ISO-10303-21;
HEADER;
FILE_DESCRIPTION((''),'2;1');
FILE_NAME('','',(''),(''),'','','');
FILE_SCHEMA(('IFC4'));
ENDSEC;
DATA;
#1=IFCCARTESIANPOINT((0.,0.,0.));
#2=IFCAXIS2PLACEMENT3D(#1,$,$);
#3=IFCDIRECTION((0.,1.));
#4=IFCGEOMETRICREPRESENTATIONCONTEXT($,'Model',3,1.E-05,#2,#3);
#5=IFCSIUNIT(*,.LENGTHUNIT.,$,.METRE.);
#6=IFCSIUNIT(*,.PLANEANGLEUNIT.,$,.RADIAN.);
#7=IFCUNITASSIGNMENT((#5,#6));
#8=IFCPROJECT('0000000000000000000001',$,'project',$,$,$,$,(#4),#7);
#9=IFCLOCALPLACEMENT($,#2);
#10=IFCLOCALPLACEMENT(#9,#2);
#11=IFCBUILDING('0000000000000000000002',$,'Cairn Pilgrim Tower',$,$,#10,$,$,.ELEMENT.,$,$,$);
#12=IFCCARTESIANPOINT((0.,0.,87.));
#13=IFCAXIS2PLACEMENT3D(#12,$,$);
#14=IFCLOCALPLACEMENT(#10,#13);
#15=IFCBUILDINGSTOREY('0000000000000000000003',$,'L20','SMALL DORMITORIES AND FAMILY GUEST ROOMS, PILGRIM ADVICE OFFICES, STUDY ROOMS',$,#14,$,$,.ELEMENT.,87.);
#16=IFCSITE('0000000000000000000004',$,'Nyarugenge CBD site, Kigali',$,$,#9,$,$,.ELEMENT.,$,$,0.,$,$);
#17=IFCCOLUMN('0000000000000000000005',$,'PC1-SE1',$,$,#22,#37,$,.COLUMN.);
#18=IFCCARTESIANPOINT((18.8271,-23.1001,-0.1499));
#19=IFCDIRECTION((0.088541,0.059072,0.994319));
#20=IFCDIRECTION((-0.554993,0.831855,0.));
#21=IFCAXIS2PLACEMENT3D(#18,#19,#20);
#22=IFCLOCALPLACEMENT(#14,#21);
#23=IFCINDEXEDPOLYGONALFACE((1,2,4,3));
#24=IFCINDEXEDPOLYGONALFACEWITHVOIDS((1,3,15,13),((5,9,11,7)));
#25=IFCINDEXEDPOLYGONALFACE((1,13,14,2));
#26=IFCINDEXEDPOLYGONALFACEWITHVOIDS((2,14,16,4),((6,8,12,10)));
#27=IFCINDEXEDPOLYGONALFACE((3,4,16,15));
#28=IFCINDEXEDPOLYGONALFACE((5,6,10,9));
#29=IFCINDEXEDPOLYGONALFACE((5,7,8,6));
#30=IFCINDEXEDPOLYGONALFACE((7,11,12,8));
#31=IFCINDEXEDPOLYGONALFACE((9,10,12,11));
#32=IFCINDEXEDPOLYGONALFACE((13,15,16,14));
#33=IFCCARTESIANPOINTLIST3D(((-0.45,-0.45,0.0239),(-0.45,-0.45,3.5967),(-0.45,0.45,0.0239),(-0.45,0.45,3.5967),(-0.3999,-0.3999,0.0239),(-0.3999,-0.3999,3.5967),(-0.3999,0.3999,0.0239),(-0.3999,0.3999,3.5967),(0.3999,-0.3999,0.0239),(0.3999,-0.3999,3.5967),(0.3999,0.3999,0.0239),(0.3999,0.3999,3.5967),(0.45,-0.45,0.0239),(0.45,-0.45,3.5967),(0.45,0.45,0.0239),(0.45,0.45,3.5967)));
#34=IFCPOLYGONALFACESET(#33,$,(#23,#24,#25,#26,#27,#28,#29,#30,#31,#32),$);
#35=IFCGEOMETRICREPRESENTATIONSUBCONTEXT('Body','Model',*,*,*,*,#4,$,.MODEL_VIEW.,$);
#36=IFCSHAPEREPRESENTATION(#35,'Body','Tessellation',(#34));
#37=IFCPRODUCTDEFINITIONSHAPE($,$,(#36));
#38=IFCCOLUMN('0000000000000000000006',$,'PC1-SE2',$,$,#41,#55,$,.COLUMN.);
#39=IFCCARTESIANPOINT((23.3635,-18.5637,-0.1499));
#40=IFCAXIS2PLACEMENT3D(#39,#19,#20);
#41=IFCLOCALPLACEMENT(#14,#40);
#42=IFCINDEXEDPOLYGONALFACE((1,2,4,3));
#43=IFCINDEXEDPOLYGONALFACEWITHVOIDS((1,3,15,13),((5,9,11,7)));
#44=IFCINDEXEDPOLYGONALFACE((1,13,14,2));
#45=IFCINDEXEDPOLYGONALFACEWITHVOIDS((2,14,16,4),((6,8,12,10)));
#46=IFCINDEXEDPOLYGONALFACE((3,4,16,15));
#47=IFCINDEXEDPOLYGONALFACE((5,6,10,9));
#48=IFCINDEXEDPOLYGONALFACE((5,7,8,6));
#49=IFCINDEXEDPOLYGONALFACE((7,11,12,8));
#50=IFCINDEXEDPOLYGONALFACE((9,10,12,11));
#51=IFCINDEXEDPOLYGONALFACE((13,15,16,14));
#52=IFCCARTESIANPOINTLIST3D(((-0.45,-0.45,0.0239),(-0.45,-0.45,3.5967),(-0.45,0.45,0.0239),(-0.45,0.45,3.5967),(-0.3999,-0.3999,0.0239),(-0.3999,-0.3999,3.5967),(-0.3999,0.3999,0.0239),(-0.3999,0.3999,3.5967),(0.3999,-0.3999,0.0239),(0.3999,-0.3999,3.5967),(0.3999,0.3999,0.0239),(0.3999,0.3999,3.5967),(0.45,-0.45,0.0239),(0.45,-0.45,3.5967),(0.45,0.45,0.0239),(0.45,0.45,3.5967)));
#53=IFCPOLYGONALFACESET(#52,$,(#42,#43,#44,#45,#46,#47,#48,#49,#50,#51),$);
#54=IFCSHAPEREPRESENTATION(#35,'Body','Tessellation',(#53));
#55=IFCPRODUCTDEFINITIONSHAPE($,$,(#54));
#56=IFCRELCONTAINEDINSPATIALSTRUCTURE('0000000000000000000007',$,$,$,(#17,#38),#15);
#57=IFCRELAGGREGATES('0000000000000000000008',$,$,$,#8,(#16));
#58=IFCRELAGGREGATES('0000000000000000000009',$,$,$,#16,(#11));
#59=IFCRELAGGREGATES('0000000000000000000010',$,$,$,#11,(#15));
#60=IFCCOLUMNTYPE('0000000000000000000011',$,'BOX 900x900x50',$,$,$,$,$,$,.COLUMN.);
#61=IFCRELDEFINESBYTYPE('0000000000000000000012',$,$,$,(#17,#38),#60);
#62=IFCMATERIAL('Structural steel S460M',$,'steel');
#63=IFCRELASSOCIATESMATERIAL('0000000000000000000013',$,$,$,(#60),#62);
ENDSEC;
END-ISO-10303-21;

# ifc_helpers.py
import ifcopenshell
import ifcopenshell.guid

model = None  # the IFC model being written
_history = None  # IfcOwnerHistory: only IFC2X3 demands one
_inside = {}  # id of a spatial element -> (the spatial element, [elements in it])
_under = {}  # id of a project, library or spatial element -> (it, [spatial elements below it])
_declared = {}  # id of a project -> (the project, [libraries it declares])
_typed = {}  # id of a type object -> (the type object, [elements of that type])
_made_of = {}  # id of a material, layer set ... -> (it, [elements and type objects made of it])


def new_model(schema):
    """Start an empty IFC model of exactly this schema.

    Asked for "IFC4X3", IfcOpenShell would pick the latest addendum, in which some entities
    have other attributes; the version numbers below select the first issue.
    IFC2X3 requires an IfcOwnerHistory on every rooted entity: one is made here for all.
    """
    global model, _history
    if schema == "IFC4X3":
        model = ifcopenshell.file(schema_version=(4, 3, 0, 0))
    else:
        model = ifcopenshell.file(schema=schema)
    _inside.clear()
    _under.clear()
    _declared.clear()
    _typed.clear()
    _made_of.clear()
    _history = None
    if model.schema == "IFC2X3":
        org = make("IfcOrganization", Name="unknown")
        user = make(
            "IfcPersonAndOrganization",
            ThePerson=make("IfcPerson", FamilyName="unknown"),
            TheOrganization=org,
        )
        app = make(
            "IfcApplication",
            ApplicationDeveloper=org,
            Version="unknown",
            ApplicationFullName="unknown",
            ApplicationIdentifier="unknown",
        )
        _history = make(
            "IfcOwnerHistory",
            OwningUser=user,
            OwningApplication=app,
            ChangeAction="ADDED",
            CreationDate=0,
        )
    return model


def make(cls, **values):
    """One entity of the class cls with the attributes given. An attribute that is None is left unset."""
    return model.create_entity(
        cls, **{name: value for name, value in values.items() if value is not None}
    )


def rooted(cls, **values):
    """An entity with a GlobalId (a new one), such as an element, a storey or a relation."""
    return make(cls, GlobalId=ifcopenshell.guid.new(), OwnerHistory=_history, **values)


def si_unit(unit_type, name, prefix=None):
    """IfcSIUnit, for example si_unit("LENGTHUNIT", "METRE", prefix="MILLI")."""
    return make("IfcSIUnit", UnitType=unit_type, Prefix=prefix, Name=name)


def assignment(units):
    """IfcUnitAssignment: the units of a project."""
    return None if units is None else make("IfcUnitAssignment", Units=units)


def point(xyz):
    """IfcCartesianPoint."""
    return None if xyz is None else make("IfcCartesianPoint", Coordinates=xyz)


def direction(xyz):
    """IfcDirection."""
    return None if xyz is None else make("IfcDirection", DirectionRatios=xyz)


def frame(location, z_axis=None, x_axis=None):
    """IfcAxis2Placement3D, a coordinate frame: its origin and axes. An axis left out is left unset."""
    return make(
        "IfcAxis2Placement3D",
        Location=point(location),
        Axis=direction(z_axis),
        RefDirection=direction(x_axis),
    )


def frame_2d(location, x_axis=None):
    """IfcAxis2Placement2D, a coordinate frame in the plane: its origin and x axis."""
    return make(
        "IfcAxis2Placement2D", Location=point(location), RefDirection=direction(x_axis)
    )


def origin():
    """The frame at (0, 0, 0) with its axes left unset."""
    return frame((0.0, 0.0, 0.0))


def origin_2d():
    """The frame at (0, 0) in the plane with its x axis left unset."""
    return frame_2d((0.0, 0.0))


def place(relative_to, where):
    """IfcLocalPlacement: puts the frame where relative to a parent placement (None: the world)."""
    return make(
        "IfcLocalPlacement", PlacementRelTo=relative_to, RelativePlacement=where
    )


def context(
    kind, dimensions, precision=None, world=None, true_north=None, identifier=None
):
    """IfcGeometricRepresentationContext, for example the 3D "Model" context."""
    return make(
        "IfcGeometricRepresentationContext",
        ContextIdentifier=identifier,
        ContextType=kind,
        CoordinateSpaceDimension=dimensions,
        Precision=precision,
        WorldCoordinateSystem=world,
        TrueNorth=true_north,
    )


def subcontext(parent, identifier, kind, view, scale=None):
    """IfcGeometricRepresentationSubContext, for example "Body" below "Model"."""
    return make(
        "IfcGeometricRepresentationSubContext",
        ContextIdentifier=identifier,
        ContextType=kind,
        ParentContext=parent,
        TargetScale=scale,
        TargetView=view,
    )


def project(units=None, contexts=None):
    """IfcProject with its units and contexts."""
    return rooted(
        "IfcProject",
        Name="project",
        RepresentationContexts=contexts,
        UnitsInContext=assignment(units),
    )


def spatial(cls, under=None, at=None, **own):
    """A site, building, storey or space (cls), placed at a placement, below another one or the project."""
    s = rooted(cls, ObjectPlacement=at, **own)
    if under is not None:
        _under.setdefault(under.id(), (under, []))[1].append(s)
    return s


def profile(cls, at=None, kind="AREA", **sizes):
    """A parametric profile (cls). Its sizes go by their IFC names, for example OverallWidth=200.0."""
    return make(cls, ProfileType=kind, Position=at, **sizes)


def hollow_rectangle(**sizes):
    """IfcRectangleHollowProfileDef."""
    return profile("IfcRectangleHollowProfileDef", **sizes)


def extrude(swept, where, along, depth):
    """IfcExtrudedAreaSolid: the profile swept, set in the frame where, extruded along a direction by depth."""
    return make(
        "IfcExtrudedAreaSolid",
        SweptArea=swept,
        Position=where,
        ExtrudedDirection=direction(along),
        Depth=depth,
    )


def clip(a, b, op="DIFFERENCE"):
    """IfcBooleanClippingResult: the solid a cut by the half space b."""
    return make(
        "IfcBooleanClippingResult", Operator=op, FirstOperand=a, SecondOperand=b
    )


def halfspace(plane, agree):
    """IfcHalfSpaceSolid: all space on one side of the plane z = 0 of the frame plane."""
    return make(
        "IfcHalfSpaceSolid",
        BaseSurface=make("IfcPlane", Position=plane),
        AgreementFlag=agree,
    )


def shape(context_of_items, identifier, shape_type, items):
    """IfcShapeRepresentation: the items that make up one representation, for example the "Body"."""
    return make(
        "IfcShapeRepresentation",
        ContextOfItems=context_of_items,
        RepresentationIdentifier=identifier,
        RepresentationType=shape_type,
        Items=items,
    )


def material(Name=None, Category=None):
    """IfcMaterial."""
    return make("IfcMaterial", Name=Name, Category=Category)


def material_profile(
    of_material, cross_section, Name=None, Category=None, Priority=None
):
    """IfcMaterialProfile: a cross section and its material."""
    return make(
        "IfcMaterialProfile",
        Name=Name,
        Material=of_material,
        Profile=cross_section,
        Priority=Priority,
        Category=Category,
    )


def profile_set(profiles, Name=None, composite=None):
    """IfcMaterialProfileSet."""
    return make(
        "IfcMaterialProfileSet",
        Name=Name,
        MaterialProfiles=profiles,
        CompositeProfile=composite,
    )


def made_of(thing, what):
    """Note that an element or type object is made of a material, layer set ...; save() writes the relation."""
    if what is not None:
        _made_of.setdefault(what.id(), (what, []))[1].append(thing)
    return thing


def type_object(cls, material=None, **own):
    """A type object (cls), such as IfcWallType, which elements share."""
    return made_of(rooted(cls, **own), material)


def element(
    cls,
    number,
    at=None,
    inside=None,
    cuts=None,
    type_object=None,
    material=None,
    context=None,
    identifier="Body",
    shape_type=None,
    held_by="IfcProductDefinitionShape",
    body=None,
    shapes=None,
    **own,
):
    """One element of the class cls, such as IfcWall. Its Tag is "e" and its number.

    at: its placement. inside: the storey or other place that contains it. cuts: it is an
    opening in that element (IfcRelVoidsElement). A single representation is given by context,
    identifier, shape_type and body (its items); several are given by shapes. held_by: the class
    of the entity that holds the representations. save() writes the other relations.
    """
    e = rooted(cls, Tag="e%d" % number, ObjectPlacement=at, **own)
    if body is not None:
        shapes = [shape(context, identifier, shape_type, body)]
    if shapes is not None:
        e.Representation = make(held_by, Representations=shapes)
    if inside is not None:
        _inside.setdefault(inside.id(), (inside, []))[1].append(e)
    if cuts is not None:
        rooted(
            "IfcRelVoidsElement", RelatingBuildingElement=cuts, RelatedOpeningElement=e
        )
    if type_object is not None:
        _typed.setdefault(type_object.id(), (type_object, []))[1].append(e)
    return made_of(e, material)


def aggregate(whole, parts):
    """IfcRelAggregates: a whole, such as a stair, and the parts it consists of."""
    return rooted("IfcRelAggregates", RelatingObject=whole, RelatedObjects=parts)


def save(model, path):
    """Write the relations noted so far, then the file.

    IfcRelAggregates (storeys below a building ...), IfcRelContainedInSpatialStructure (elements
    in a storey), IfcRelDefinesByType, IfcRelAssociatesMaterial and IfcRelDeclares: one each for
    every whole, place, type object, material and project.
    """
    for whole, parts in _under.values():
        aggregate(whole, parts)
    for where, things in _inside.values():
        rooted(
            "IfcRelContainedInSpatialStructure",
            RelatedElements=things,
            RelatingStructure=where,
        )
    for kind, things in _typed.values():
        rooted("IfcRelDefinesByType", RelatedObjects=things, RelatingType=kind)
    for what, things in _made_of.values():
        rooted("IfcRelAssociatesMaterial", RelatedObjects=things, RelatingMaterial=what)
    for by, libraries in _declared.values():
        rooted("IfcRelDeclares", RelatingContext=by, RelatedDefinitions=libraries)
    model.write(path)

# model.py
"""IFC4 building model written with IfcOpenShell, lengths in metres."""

from ifc_helpers import new_model, si_unit, direction, frame, origin, origin_2d, place, context, subcontext, project, spatial, hollow_rectangle, extrude, clip, halfspace, material, material_profile, profile_set, type_object, element, save


model = new_model("IFC4")

# Units and contexts
model_context = context("Model", 3, precision=1e-05, world=origin(), true_north=direction((0.0, 1.0)))
body_context = subcontext(model_context, "Body", "Model", "MODEL_VIEW")
ifc_project = project(units=[si_unit("LENGTHUNIT", "METRE"), si_unit("PLANEANGLEUNIT", "RADIAN")], contexts=[model_context])

# Site, building, storey
site_placement = place(None, origin())
site = spatial("IfcSite", under=ifc_project, at=site_placement, Name="Nyarugenge CBD site, Kigali", CompositionType="ELEMENT", RefElevation=0.0)
building_placement = place(site_placement, origin())
building = spatial("IfcBuilding", under=site, at=building_placement, Name="Cairn Pilgrim Tower", CompositionType="ELEMENT")
storey_placement = place(building_placement, frame((0.0, 0.0, 87.0)))
storey = spatial("IfcBuildingStorey", under=building, at=storey_placement, Name="L20", Description="SMALL DORMITORIES AND FAMILY GUEST ROOMS, PILGRIM ADVICE OFFICES, STUDY ROOMS", CompositionType="ELEMENT", Elevation=87.0)

# Columns
ifc_material_1 = material(Name="Structural steel S460M", Category="steel")
ifc_material_profile_1 = material_profile(ifc_material_1, hollow_rectangle(XDim=0.8999, YDim=0.8999, WallThickness=0.05, at=origin_2d()), Name="BOX 900x900x50")
ifc_profile_set_1 = profile_set([ifc_material_profile_1], Name="Structural steel S460M")
column_type = type_object("IfcColumnType", Name="BOX 900x900x50", PredefinedType="COLUMN", material=ifc_profile_set_1)
for number, where, z_axis, x_axis, name in (
    (1, (18.8271, -23.1001, -0.1499), (0.088541, 0.059072, 0.994319), (-0.554993, 0.831855, 0.0), "PC1-SE1"),
    (2, (23.3635, -18.5637, -0.1499), (0.088541, 0.059072, 0.994319), (-0.554993, 0.831855, 0.0), "PC1-SE2"),
):
    element("IfcColumn", number, at=place(storey_placement, frame(where, z_axis=z_axis, x_axis=x_axis)), inside=storey, type_object=column_type, Name=name, PredefinedType="COLUMN", context=body_context, shape_type="Clipping", body=[
        clip(clip(extrude(hollow_rectangle(XDim=0.8999, YDim=0.8999, WallThickness=0.05, at=origin_2d()), origin(), (0.0, 0.0, 1.0), 3.6204), halfspace(frame((0.0, 0.0, 0.0239), z_axis=(0.0, 0.0, 1.0), x_axis=(1.0, 0.0, 0.0)), True)), halfspace(frame((0.0, 0.0, 3.5967), z_axis=(0.0, 0.0, 1.0), x_axis=(1.0, 0.0, 0.0)), False)),
    ])

save(model, "model.ifc")
